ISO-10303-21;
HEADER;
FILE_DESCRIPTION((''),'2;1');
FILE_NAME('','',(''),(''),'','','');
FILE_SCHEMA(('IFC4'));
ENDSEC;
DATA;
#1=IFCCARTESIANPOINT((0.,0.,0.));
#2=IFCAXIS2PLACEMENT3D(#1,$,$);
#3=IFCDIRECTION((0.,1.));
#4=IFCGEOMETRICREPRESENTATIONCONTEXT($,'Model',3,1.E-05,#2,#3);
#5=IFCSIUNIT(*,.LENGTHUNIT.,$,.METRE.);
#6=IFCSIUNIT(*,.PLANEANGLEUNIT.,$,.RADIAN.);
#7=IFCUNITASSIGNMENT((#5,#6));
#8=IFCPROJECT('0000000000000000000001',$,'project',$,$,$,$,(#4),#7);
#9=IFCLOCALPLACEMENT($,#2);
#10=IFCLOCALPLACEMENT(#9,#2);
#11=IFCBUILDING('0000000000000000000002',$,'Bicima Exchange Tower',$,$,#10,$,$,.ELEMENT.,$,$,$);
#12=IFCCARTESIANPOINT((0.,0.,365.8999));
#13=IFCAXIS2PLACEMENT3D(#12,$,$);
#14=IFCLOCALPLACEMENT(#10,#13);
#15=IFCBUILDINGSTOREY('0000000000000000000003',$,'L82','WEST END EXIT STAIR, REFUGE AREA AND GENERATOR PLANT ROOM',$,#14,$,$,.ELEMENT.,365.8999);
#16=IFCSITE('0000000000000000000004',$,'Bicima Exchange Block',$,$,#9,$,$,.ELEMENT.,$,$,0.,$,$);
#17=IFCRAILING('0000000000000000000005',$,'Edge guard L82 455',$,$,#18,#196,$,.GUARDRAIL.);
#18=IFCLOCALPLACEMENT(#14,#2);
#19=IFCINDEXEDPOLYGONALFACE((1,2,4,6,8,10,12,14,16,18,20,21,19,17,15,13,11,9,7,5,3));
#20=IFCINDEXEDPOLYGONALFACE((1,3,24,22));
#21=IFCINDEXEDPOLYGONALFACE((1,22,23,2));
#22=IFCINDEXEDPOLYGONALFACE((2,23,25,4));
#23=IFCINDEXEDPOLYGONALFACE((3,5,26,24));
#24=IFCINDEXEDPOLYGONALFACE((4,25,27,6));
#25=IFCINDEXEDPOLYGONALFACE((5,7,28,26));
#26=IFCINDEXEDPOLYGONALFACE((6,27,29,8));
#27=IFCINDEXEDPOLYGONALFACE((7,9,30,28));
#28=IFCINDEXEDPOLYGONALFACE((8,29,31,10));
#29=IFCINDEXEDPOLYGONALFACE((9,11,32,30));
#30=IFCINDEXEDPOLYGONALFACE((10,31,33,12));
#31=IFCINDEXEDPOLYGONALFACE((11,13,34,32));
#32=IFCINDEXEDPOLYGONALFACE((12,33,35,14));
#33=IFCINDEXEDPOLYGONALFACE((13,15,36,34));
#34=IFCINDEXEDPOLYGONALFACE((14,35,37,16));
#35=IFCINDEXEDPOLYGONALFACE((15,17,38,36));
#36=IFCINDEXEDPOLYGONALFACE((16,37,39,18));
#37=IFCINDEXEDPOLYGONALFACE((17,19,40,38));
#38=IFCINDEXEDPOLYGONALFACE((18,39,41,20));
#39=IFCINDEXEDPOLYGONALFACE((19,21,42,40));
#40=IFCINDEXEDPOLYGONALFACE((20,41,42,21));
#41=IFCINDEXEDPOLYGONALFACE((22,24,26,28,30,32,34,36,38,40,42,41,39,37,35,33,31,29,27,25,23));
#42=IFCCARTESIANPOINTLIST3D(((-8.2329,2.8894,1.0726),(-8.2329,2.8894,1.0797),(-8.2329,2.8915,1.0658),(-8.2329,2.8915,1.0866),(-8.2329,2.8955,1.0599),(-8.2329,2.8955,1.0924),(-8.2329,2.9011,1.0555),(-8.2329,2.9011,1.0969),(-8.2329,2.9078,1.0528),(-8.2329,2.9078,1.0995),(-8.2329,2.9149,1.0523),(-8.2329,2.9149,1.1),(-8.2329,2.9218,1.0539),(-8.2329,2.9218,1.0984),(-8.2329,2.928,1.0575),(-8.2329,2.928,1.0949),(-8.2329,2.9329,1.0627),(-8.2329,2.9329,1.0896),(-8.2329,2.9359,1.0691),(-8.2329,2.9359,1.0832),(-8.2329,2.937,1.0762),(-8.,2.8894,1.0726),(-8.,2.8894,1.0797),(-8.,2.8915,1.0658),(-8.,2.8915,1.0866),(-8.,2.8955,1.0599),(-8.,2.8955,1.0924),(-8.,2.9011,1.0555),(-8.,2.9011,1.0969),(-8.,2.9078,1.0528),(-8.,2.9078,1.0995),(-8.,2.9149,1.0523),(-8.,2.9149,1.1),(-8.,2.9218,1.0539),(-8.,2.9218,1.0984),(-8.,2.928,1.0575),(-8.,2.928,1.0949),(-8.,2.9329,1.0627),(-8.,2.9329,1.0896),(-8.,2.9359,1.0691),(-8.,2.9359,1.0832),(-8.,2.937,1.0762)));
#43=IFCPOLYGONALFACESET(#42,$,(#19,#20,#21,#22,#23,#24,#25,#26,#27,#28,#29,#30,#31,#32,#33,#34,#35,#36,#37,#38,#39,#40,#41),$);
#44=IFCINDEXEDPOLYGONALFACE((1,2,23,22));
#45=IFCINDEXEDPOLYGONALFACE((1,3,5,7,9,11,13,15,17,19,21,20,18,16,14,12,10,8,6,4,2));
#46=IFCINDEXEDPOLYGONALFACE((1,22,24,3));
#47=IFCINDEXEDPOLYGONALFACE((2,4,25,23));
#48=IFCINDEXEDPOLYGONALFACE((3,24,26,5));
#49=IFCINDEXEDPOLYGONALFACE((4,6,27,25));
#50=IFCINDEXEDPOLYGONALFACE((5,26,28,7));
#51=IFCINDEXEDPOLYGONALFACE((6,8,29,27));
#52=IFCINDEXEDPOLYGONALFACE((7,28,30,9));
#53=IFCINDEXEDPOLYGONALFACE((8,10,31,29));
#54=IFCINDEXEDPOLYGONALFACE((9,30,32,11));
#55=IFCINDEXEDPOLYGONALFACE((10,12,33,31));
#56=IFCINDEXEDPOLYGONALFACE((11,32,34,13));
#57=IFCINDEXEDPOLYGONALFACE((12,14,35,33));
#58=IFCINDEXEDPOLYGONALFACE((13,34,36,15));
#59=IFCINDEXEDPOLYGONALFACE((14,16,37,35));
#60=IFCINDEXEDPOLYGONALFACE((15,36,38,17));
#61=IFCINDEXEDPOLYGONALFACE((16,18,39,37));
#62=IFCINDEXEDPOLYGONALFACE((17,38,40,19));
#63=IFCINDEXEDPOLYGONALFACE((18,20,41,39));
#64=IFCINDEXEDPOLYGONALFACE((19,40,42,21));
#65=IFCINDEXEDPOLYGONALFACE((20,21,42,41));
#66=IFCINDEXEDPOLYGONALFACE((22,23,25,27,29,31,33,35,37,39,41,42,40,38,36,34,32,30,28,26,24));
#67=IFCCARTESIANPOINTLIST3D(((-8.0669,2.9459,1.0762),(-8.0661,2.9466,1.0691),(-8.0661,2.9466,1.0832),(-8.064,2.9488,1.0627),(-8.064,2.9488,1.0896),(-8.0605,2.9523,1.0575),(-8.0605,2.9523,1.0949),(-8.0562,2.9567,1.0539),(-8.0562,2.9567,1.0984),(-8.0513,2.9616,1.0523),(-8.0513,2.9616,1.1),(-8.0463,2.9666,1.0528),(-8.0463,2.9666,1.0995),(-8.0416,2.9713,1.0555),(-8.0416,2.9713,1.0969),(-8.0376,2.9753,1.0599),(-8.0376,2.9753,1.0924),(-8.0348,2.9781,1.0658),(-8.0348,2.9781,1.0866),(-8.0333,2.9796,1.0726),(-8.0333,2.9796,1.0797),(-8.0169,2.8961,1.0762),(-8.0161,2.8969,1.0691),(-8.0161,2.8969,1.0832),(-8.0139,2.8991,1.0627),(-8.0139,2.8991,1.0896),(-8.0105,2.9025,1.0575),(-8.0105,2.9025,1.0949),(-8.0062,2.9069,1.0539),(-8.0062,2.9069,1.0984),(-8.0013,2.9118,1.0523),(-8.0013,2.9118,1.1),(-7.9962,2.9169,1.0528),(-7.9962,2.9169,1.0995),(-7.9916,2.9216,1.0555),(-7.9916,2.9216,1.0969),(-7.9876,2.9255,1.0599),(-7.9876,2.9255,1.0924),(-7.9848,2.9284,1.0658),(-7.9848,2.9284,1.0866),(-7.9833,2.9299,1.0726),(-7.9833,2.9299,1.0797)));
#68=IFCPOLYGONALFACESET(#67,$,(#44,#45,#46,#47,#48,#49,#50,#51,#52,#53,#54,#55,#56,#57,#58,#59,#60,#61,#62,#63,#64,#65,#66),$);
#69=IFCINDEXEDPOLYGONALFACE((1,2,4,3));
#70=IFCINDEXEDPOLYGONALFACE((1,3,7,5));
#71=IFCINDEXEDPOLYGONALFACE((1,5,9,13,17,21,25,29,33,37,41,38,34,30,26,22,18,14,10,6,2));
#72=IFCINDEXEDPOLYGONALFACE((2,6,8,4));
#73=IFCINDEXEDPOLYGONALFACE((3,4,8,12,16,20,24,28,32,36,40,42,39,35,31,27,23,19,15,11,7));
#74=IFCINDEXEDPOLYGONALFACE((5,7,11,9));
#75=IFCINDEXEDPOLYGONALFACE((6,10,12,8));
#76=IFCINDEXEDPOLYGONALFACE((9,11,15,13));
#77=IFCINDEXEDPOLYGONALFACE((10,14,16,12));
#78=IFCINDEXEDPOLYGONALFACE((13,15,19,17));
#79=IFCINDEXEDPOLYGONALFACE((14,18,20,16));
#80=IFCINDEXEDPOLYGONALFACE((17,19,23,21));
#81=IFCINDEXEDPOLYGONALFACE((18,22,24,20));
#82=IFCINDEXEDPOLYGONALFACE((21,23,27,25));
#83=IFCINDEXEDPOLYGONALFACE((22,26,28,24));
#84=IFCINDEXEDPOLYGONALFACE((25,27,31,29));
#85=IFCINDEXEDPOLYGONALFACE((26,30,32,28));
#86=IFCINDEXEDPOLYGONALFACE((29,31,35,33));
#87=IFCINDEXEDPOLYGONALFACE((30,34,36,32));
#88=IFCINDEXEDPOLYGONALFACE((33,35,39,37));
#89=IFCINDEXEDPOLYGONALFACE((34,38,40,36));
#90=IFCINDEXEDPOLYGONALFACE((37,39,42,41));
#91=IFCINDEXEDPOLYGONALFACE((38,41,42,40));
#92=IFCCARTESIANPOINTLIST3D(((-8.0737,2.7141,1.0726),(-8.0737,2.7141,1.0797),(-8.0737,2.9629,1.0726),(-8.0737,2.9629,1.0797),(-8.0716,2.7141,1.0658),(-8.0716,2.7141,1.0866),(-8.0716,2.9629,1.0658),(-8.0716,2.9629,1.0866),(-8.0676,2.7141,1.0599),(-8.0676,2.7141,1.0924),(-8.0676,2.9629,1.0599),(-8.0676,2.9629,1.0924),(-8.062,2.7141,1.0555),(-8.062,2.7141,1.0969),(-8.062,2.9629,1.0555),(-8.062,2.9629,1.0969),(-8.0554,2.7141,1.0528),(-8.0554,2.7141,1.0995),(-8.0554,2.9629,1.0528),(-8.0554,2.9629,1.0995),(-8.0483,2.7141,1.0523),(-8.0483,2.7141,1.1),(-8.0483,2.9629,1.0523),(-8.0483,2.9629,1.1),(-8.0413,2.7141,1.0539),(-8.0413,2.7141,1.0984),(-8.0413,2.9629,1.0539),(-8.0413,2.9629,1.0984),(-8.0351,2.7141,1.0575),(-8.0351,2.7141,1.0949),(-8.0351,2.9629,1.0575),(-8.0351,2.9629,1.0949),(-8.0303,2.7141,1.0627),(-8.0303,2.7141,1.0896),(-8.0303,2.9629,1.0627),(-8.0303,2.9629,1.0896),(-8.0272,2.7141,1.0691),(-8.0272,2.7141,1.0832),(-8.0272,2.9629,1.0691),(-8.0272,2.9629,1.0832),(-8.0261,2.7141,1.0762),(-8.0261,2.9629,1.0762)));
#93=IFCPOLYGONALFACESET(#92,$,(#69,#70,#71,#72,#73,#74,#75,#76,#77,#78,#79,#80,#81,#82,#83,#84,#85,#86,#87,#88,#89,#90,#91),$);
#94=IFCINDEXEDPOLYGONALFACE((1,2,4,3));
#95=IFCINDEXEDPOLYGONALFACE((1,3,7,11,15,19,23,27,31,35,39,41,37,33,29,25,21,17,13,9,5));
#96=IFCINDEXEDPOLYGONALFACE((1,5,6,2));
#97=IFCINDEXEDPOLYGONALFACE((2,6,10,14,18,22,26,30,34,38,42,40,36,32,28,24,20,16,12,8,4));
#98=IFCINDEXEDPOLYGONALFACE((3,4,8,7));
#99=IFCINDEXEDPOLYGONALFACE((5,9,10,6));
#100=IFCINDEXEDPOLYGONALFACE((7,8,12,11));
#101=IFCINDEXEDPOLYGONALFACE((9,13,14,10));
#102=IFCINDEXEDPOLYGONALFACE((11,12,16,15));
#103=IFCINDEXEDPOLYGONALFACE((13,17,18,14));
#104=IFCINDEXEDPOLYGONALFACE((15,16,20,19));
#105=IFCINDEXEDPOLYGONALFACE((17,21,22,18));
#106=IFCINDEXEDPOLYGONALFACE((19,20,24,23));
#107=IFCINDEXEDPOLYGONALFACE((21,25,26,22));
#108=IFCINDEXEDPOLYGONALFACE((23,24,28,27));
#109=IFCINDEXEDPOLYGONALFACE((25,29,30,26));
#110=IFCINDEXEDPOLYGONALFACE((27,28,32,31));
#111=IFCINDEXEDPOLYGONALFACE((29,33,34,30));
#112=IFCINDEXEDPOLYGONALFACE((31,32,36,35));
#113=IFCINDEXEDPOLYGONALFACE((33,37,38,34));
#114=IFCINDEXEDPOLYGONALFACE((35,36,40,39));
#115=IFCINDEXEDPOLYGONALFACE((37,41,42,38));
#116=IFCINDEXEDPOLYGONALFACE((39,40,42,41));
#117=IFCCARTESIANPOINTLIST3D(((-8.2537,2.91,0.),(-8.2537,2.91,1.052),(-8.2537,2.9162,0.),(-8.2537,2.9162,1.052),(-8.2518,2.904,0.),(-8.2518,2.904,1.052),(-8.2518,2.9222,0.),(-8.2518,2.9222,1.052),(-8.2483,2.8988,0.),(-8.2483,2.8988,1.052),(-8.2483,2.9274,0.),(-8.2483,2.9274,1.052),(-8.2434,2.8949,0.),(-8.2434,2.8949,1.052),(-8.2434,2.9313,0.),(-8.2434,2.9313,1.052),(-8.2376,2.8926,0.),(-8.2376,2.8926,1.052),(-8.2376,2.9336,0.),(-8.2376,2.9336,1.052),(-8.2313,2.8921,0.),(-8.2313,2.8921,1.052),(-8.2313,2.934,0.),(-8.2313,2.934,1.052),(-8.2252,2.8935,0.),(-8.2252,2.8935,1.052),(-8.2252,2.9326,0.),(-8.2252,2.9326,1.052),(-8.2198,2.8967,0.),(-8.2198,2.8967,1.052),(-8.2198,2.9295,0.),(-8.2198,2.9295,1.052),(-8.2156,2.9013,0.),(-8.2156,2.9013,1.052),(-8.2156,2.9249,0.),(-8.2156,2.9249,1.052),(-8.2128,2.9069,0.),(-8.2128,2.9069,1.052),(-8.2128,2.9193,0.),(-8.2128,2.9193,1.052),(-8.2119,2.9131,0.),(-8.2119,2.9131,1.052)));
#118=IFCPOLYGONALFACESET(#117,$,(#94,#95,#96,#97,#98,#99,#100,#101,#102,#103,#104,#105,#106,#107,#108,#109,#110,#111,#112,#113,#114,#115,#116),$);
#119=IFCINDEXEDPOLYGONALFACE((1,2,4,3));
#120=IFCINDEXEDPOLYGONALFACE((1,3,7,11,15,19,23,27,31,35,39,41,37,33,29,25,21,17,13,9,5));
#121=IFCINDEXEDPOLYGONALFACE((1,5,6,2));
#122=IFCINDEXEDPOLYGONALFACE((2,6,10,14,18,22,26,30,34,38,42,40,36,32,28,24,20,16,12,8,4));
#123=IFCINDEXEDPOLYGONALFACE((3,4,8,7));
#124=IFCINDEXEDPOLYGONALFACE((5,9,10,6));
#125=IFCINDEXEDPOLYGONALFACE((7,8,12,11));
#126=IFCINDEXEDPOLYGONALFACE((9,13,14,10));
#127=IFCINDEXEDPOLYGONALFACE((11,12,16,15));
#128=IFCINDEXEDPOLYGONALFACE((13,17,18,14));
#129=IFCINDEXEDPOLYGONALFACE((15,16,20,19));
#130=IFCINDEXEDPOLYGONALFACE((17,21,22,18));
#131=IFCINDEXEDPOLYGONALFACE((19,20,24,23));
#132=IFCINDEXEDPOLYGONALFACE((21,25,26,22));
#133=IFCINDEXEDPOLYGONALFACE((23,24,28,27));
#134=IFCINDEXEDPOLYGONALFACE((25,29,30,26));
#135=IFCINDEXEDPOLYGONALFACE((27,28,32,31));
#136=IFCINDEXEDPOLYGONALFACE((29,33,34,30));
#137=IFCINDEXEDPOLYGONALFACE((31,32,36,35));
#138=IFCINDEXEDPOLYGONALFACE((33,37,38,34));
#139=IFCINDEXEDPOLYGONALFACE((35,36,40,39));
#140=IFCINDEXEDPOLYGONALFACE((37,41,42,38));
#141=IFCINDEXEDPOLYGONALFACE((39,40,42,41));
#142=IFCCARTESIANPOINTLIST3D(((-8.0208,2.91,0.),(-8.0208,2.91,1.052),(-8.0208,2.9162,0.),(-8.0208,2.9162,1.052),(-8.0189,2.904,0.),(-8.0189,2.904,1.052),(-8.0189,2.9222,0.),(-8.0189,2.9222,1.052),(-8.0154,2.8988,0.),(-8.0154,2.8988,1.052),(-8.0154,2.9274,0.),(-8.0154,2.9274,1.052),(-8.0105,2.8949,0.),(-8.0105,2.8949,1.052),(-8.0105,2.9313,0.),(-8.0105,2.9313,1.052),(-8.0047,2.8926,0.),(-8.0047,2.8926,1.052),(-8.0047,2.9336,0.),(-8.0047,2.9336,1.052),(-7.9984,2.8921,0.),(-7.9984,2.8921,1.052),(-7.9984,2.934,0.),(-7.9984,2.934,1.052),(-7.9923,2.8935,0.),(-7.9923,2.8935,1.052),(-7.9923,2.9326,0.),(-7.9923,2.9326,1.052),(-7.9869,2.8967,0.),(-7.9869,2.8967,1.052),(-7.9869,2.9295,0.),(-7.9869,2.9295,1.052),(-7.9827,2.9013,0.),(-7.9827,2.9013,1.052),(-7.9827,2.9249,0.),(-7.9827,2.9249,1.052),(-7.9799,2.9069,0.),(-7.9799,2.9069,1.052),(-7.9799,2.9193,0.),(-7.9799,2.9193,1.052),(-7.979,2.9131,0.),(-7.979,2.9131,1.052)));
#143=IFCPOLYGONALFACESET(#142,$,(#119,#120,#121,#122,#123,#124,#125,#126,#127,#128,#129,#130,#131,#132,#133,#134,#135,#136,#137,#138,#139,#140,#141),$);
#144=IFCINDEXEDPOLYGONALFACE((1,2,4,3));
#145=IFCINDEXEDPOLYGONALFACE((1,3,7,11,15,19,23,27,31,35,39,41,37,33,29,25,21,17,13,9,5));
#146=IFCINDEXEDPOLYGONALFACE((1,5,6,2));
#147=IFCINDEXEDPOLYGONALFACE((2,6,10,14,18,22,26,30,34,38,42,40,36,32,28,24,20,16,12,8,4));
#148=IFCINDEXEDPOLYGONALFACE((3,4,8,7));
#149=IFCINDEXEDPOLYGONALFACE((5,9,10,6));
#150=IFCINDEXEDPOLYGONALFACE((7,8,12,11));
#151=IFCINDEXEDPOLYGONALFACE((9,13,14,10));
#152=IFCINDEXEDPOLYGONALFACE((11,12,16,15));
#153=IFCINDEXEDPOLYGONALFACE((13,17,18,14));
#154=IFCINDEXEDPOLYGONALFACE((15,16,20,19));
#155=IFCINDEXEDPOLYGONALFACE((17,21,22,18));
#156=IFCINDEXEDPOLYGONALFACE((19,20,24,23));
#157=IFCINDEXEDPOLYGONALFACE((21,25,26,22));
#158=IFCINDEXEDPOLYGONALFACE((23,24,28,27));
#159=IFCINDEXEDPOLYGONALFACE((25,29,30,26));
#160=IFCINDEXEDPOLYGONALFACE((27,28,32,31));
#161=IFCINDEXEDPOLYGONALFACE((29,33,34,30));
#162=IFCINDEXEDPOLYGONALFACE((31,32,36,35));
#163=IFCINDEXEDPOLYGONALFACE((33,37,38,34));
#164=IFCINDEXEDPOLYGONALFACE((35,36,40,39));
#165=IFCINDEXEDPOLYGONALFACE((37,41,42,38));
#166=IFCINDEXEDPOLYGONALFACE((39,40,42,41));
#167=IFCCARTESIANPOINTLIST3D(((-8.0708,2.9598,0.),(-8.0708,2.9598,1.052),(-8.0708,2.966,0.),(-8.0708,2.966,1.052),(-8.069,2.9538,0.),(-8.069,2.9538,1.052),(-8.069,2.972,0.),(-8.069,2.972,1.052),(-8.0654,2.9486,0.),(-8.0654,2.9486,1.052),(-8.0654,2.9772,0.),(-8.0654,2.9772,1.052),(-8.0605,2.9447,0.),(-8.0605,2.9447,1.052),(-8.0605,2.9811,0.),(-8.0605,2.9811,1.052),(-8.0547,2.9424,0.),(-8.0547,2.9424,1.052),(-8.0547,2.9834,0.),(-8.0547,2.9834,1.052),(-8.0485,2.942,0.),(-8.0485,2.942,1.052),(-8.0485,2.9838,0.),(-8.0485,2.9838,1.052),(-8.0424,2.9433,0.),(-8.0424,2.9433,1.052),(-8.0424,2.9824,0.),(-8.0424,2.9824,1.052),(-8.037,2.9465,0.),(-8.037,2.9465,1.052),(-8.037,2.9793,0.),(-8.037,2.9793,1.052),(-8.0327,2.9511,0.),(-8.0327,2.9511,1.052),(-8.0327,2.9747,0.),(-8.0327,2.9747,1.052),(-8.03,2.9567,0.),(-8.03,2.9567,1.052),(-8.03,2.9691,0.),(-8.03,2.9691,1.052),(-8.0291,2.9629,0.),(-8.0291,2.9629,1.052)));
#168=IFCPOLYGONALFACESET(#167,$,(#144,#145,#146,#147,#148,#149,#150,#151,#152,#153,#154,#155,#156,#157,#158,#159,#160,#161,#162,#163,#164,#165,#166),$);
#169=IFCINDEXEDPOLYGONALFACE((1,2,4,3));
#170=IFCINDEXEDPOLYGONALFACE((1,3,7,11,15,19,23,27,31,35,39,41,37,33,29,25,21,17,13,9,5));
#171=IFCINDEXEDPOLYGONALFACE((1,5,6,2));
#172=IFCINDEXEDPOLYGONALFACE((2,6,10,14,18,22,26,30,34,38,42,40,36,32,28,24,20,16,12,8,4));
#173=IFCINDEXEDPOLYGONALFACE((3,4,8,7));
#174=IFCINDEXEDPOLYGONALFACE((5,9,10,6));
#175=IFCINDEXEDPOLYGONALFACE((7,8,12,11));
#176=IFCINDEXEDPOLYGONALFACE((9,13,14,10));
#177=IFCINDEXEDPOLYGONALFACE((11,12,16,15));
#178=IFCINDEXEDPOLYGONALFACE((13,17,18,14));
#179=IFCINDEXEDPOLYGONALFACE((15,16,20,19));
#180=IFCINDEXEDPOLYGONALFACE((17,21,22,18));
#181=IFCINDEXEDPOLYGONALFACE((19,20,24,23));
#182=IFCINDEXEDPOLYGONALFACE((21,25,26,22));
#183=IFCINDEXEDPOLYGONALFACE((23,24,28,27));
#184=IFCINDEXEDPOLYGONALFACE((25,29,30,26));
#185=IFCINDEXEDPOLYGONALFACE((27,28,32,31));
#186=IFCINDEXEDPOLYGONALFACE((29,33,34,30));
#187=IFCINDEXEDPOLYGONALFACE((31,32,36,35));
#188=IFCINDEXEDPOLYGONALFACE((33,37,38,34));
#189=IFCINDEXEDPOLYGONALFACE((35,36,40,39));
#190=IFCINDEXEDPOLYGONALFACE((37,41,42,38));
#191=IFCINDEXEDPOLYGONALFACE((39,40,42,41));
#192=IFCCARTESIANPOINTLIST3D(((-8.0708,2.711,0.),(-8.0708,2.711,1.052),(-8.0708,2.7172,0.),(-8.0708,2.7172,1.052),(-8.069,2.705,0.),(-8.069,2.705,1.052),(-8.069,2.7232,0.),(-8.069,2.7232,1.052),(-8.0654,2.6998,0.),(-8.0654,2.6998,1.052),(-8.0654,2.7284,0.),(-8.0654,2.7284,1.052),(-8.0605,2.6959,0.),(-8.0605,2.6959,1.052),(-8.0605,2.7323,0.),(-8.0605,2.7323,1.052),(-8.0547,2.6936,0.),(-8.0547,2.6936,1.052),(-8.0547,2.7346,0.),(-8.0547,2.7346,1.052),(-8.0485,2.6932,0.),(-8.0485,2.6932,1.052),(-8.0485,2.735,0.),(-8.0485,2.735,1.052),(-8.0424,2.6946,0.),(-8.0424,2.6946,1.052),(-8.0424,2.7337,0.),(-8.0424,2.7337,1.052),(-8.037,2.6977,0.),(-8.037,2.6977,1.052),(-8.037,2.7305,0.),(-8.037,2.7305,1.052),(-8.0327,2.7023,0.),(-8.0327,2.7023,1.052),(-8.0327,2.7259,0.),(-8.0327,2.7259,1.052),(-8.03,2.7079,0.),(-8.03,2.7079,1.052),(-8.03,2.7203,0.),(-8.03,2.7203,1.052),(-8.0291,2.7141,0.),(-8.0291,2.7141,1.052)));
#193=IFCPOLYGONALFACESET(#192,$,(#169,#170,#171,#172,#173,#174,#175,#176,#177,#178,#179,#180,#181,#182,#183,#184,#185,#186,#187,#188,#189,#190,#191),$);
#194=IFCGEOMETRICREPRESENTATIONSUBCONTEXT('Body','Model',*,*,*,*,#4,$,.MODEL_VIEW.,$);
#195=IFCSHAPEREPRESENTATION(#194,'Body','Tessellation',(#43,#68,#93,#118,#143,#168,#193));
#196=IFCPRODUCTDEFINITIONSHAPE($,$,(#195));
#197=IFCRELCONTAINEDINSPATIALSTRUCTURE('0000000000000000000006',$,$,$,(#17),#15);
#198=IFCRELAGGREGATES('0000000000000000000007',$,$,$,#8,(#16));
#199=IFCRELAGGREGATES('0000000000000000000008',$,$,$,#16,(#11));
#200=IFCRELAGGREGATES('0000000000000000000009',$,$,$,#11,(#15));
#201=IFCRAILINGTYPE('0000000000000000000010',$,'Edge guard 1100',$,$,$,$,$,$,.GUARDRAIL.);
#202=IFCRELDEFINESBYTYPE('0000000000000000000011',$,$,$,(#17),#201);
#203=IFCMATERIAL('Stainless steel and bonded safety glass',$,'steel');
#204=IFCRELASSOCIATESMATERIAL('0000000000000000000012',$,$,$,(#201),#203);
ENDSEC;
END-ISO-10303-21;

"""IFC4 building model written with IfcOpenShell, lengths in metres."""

from ifc_helpers import new_model, si_unit, direction, frame, origin, origin_2d, place, context, subcontext, project, spatial, circle, extrude, material, type_object, element, save


model = new_model("IFC4")

# Units and contexts
model_context = context("Model", 3, precision=1e-05, world=origin(), true_north=direction((0.0, 1.0)))
body_context = subcontext(model_context, "Body", "Model", "MODEL_VIEW")
ifc_project = project(units=[si_unit("LENGTHUNIT", "METRE"), si_unit("PLANEANGLEUNIT", "RADIAN")], contexts=[model_context])

# Site, building, storey
site_placement = place(None, origin())
site = spatial("IfcSite", under=ifc_project, at=site_placement, Name="Bicima Exchange Block", CompositionType="ELEMENT", RefElevation=0.0)
building_placement = place(site_placement, origin())
building = spatial("IfcBuilding", under=site, at=building_placement, Name="Bicima Exchange Tower", CompositionType="ELEMENT")
storey_placement = place(building_placement, frame((0.0, 0.0, 365.8999)))
storey = spatial("IfcBuildingStorey", under=building, at=storey_placement, Name="L82", Description="WEST END EXIT STAIR, REFUGE AREA AND GENERATOR PLANT ROOM", CompositionType="ELEMENT", Elevation=365.8999)

# Railing
ifc_material_1 = material(Name="Stainless steel and bonded safety glass", Category="steel")
railing_type_1 = type_object("IfcRailingType", Name="Edge guard 1100", PredefinedType="GUARDRAIL", material=ifc_material_1)
railing_1_placement = place(storey_placement, frame((-8.2329, 2.9131, 0.0)))
element("IfcRailing", 1, at=railing_1_placement, inside=storey, type_object=railing_type_1, Name="Edge guard L82 455", PredefinedType="GUARDRAIL", context=body_context, shape_type="SweptSolid", body=[
    extrude(circle(Radius=0.0239, at=origin_2d()), frame((0.0, 0.0, 1.0762), z_axis=(1.0, 0.0, 0.0), x_axis=(0.0, 1.0, 0.0)), (0.0, 0.0, 1.0), 0.2329),
    extrude(circle(Radius=0.0239, at=origin_2d()), frame((0.2329, 0.0, 1.0762), z_axis=(-0.708834, 0.705376, 0.0), x_axis=(-0.705376, -0.708834, 0.0)), (0.0, 0.0, 1.0), 0.0706),
    extrude(circle(Radius=0.0239, at=origin_2d()), frame((0.1829, 0.0498, 1.0762), z_axis=(0.0, -1.0, 0.0), x_axis=(1.0, 0.0, 0.0)), (0.0, 0.0, 1.0), 0.2488),
    extrude(circle(Radius=0.021, at=origin_2d()), origin(), (0.0, 0.0, 1.0), 1.052),
    extrude(circle(Radius=0.021, at=origin_2d()), frame((0.2329, 0.0, 0.0)), (0.0, 0.0, 1.0), 1.052),
    extrude(circle(Radius=0.021, at=origin_2d()), frame((0.1829, 0.0498, 0.0)), (0.0, 0.0, 1.0), 1.052),
    extrude(circle(Radius=0.021, at=origin_2d()), frame((0.1829, -0.199, 0.0)), (0.0, 0.0, 1.0), 1.052),
])

save(model, "model.ifc")
